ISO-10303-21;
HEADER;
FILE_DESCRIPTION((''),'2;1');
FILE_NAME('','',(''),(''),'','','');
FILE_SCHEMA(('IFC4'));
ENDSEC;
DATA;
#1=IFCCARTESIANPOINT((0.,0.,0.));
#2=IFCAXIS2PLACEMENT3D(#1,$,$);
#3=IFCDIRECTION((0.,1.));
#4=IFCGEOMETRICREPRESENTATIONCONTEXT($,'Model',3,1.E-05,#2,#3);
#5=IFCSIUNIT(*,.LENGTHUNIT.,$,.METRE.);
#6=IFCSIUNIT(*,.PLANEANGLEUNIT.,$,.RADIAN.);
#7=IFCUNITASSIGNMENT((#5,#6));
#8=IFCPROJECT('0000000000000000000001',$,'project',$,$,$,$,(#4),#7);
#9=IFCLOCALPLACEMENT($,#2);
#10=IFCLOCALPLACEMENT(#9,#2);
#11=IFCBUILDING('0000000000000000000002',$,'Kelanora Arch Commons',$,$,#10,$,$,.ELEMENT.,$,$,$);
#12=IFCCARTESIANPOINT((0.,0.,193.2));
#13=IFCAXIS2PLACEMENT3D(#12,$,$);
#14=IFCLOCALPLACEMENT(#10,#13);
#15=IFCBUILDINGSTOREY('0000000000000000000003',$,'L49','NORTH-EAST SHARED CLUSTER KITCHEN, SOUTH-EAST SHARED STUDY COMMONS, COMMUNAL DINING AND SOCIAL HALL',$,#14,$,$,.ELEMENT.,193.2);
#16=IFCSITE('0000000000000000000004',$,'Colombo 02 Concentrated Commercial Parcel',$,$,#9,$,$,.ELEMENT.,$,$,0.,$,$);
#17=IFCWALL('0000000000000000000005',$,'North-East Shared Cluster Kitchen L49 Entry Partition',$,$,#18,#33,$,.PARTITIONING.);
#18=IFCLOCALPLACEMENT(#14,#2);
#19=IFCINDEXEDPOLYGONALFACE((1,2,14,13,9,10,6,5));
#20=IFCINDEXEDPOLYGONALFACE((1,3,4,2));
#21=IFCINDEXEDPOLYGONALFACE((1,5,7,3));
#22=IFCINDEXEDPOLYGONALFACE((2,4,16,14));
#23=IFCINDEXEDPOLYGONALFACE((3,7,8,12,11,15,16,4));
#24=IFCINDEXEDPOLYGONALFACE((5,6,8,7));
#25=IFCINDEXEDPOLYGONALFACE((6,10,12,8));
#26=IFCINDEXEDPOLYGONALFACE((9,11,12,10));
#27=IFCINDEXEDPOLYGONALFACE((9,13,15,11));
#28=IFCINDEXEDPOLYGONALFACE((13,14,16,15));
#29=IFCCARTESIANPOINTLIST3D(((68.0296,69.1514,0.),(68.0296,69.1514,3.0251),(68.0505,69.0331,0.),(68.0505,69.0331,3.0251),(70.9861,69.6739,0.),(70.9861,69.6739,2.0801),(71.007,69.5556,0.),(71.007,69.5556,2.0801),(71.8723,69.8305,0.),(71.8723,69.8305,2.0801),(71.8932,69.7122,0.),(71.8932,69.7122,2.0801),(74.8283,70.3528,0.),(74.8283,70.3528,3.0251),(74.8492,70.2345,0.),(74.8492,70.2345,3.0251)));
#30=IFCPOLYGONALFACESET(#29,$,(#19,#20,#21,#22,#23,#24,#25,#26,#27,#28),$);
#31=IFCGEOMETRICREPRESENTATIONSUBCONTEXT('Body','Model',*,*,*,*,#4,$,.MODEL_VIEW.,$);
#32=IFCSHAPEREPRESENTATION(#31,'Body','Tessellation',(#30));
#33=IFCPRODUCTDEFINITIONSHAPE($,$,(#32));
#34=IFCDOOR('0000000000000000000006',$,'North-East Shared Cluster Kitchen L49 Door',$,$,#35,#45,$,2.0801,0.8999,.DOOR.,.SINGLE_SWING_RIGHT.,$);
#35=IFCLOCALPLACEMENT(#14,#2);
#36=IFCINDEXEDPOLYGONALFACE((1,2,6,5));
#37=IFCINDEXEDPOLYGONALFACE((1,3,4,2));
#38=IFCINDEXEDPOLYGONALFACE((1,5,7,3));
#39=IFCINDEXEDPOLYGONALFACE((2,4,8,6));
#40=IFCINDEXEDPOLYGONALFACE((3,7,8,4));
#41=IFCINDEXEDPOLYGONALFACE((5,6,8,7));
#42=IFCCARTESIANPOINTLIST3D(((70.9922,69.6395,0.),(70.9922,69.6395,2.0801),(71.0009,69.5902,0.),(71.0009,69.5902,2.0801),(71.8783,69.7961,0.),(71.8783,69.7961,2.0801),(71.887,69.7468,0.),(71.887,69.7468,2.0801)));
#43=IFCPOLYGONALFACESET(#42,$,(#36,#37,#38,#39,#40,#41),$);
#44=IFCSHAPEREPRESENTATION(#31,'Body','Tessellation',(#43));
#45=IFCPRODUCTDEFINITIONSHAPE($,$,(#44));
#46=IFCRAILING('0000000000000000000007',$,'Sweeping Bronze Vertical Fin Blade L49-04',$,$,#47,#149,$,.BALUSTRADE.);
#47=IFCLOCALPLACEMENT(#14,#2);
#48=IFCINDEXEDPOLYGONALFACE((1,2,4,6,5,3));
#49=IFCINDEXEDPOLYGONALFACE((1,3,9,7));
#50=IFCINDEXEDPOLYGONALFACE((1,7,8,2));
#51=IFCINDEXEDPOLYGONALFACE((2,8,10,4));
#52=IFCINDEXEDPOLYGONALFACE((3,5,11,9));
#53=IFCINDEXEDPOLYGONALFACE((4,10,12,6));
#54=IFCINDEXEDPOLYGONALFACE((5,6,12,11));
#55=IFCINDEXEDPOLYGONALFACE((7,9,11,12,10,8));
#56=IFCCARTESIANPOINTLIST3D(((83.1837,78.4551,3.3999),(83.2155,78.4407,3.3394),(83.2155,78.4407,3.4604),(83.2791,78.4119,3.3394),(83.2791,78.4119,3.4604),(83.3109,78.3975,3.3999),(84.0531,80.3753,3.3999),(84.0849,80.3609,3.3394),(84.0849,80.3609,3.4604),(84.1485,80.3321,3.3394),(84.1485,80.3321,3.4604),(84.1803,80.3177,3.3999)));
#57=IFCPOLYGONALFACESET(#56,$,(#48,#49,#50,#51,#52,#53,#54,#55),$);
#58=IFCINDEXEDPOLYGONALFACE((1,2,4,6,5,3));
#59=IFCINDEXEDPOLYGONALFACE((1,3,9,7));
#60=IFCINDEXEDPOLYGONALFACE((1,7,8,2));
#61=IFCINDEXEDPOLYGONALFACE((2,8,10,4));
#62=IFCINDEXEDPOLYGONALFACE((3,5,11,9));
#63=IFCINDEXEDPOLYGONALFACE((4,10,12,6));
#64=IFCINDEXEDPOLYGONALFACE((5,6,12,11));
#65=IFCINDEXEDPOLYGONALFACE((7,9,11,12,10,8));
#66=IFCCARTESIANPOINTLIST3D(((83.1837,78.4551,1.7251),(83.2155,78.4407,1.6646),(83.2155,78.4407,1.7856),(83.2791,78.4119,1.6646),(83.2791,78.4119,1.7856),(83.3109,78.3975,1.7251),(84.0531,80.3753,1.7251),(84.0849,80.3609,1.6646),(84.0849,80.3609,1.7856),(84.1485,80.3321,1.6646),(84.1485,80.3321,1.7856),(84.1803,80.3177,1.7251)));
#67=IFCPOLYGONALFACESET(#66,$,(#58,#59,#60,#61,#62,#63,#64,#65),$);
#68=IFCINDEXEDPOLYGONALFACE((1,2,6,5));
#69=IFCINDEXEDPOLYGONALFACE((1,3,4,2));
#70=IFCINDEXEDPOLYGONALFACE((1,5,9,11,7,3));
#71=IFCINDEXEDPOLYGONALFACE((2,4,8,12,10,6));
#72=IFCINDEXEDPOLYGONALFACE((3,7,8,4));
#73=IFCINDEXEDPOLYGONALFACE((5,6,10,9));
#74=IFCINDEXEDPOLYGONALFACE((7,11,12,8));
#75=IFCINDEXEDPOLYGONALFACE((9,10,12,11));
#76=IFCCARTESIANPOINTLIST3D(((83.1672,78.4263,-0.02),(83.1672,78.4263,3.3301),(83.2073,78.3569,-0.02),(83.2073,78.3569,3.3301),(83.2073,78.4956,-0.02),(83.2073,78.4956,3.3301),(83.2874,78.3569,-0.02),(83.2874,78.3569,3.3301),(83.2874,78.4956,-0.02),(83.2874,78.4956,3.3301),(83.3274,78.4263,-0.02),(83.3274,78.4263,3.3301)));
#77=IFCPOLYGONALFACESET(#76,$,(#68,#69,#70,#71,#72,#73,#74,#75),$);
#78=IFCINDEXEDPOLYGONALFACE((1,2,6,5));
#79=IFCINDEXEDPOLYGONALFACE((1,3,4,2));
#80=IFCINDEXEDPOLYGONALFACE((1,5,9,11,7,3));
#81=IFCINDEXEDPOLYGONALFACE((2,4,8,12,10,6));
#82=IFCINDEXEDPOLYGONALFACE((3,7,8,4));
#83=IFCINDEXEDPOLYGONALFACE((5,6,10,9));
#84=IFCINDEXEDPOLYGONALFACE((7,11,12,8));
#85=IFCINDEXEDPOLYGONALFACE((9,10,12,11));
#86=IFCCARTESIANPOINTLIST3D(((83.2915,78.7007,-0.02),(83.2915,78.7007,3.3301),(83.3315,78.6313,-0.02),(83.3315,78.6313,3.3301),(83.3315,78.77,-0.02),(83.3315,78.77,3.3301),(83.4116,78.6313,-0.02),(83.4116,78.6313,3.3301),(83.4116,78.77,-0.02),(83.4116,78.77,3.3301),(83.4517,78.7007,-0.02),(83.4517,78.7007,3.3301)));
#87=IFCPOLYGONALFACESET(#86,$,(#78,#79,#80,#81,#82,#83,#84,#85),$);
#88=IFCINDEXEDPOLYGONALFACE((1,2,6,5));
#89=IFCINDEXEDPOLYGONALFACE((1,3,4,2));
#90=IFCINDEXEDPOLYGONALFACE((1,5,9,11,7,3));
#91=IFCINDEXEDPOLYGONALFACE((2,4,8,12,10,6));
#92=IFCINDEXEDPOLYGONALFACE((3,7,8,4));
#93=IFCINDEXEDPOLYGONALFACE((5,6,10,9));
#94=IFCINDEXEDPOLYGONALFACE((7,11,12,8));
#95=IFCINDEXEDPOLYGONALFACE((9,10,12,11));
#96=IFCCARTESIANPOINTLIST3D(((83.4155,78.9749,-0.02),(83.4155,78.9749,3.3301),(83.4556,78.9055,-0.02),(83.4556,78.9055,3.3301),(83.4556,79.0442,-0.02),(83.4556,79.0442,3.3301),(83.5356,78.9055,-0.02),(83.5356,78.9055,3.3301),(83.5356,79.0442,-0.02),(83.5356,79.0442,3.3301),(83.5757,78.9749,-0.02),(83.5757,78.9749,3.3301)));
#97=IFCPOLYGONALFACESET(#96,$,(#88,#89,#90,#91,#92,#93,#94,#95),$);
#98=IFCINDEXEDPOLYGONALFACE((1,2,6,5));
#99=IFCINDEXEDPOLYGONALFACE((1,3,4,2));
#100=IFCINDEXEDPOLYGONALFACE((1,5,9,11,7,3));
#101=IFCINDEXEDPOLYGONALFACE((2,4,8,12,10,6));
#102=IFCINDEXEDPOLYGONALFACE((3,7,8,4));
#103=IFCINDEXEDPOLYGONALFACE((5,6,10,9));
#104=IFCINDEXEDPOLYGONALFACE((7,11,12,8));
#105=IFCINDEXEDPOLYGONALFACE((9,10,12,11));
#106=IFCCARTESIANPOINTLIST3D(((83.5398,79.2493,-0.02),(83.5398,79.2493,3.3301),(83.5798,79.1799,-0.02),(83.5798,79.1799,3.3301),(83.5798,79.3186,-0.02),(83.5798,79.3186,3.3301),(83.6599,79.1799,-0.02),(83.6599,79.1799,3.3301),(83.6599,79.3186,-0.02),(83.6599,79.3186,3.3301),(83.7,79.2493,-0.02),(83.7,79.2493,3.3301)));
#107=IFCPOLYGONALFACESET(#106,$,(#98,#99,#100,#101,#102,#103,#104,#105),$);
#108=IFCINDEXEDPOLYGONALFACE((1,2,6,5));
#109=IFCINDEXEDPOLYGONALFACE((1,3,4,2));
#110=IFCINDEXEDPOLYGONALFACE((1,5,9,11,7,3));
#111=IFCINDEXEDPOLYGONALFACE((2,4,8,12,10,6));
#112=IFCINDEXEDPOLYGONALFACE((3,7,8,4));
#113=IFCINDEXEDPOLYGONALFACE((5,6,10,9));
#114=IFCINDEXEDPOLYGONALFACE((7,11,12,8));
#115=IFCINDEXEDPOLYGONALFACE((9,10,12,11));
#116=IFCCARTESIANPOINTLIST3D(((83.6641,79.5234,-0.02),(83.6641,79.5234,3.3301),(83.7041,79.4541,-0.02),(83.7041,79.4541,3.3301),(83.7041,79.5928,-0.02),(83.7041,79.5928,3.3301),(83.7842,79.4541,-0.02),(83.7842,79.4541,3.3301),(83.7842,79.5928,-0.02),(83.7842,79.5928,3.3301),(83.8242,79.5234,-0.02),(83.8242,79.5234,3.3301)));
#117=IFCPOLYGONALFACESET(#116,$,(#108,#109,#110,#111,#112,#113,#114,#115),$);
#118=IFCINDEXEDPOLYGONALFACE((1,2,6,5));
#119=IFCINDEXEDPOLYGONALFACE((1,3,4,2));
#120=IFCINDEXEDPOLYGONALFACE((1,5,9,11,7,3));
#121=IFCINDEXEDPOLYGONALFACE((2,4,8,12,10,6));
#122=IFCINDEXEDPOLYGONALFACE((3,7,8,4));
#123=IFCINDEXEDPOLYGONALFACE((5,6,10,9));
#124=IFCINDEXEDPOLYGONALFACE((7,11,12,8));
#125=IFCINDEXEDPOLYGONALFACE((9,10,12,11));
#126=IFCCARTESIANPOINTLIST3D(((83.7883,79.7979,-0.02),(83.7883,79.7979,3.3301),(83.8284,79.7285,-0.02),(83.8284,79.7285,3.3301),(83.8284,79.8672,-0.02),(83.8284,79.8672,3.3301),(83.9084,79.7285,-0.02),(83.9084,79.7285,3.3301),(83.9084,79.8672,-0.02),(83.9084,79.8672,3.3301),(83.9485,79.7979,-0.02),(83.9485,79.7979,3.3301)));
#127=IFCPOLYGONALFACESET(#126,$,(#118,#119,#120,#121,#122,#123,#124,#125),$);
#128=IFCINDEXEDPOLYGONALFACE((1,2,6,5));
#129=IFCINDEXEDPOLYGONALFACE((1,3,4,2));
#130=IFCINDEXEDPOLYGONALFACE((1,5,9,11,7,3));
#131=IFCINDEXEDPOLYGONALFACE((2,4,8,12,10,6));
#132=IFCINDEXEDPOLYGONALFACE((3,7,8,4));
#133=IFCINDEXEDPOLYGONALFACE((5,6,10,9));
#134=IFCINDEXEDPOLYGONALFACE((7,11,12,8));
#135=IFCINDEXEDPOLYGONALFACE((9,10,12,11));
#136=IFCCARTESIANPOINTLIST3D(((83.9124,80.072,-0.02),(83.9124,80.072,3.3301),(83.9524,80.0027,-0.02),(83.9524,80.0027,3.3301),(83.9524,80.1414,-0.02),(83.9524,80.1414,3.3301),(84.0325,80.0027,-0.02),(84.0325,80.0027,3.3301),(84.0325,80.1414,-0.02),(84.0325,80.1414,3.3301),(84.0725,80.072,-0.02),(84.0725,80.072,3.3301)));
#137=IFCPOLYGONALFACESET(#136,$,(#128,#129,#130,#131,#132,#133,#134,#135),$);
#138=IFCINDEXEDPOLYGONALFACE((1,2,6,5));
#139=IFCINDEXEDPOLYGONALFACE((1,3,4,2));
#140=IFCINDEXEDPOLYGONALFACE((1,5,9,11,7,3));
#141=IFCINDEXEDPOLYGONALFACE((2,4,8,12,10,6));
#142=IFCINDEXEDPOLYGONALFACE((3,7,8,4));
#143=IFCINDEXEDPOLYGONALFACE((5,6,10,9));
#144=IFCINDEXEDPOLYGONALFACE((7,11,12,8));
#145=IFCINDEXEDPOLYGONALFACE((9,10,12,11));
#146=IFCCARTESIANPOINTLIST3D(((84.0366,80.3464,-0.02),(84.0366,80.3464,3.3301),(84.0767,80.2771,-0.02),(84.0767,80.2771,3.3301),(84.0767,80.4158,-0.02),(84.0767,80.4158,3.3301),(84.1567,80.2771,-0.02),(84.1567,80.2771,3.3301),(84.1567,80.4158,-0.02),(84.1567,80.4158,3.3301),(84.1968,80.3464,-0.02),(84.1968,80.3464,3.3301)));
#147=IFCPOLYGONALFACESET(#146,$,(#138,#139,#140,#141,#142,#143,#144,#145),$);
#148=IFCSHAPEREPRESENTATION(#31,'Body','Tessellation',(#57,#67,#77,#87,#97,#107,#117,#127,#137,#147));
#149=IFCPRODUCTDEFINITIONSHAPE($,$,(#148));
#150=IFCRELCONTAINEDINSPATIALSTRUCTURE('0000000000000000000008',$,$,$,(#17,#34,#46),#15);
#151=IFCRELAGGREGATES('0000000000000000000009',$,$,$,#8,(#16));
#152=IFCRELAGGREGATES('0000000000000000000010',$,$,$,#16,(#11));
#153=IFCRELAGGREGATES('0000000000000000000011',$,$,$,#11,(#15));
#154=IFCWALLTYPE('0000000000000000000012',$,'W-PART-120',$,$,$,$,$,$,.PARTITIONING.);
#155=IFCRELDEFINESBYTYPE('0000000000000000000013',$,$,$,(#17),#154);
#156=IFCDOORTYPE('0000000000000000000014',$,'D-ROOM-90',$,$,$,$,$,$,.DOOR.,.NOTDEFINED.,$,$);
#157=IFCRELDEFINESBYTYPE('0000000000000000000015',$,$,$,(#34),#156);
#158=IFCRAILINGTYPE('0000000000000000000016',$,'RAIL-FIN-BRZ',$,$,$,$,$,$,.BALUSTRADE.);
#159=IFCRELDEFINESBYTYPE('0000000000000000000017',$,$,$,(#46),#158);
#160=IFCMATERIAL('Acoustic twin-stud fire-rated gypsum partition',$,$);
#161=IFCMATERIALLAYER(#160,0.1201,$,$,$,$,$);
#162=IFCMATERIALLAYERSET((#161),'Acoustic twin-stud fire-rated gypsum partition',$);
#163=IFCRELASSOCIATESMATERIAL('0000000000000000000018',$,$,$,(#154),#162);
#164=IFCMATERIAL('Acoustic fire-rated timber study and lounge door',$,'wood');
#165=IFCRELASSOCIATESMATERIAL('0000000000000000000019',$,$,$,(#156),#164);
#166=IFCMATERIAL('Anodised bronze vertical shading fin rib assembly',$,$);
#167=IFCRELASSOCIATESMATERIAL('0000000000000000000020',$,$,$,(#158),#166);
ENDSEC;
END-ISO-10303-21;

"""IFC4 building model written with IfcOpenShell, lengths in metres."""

from ifc_helpers import new_model, si_unit, direction, frame, frame_2d, origin, place, context, subcontext, project, spatial, polyline, rectangle, outline, extrude, material, layer, layer_set, type_object, element, fill, save


model = new_model("IFC4")

# Units and contexts
model_context = context("Model", 3, precision=1e-05, world=origin(), true_north=direction((0.0, 1.0)))
body_context = subcontext(model_context, "Body", "Model", "MODEL_VIEW")
ifc_project = project(units=[si_unit("LENGTHUNIT", "METRE"), si_unit("PLANEANGLEUNIT", "RADIAN")], contexts=[model_context])

# Site, building, storey
site_placement = place(None, origin())
site = spatial("IfcSite", under=ifc_project, at=site_placement, Name="Colombo 02 Concentrated Commercial Parcel", CompositionType="ELEMENT", RefElevation=0.0)
building_placement = place(site_placement, origin())
building = spatial("IfcBuilding", under=site, at=building_placement, Name="Kelanora Arch Commons", CompositionType="ELEMENT")
storey_placement = place(building_placement, frame((0.0, 0.0, 193.2)))
storey = spatial("IfcBuildingStorey", under=building, at=storey_placement, Name="L49", Description="NORTH-EAST SHARED CLUSTER KITCHEN, SOUTH-EAST SHARED STUDY COMMONS, COMMUNAL DINING AND SOCIAL HALL", CompositionType="ELEMENT", Elevation=193.2)

# Wall, opening, door
ifc_material_1 = material(Name="Acoustic twin-stud fire-rated gypsum partition")
ifc_layer_1 = layer(ifc_material_1, 0.1201)
ifc_layer_set_1 = layer_set([ifc_layer_1], Name="Acoustic twin-stud fire-rated gypsum partition")
wall_type_1 = type_object("IfcWallType", Name="W-PART-120", PredefinedType="PARTITIONING", material=ifc_layer_set_1)
wall_1_placement = place(storey_placement, frame((74.8389, 70.2937, 0.0), z_axis=(0.0, 0.0, 1.0), x_axis=(-0.984743, -0.174013, 0.0)))
wall_1 = element("IfcWall", 1, at=wall_1_placement, inside=storey, type_object=wall_type_1, Name="North-East Shared Cluster Kitchen L49 Entry Partition", PredefinedType="PARTITIONING", context=body_context, shape_type="SweptSolid", body=[
    extrude(rectangle(XDim=6.9041, YDim=0.1201, at=frame_2d((3.4521, 0.0))), origin(), (0.0, 0.0, 1.0), 3.0251),
])
opening_1_placement = place(wall_1_placement, frame((3.002, 0.0, 0.0)))
opening_1 = element("IfcOpeningElement", 2, at=opening_1_placement, cuts=wall_1, PredefinedType="OPENING", context=body_context, shape_type="SweptSolid", body=[
    extrude(rectangle(XDim=0.8999, YDim=2.0801, at=frame_2d((0.45, 1.04))), frame((0.0, 0.0701, 0.0), z_axis=(0.0, -1.0, 0.0), x_axis=(1.0, 0.0, 0.0)), (0.0, 0.0, 1.0), 0.1401),
])
ifc_material_2 = material(Name="Acoustic fire-rated timber study and lounge door", Category="wood")
door_type = type_object("IfcDoorType", Name="D-ROOM-90", OperationType="NOTDEFINED", PredefinedType="DOOR", material=ifc_material_2)
door_placement = place(opening_1_placement, origin())
door = element("IfcDoor", 3, at=door_placement, inside=storey, type_object=door_type, Name="North-East Shared Cluster Kitchen L49 Door", OperationType="SINGLE_SWING_RIGHT", OverallHeight=2.0801, OverallWidth=0.8999, PredefinedType="DOOR", context=body_context, shape_type="SweptSolid", body=[
    extrude(rectangle(XDim=0.8999, YDim=2.0801, at=frame_2d((0.45, 1.04))), frame((0.0, 0.0249, 0.0), z_axis=(0.0, -1.0, 0.0), x_axis=(1.0, 0.0, 0.0)), (0.0, 0.0, 1.0), 0.05),
])
fill(opening_1, door)

# Railing
ifc_material_3 = material(Name="Anodised bronze vertical shading fin rib assembly")
railing_type = type_object("IfcRailingType", Name="RAIL-FIN-BRZ", PredefinedType="BALUSTRADE", material=ifc_material_3)
railing_1_placement = place(storey_placement, frame((83.2473, 78.4263, -0.02)))
element("IfcRailing", 4, at=railing_1_placement, inside=storey, type_object=railing_type, Name="Sweeping Bronze Vertical Fin Blade L49-04", PredefinedType="BALUSTRADE", context=body_context, shape_type="SweptSolid", body=[
    extrude(outline(polyline([(0.0698, 0.0), (0.0349, 0.0605), (-0.0349, 0.0605), (-0.0698, 0.0), (-0.0349, -0.0605), (0.0349, -0.0605), (0.0698, 0.0)])), frame((0.0, 0.0, 3.4199), z_axis=(0.412459, 0.910976, 0.0), x_axis=(-0.910976, 0.412459, 0.0)), (0.0, 0.0, 1.0), 2.1079),
    extrude(outline(polyline([(0.0698, 0.0), (0.0349, 0.0605), (-0.0349, 0.0605), (-0.0698, 0.0), (-0.0349, -0.0605), (0.0349, -0.0605), (0.0698, 0.0)])), frame((0.0, 0.0, 1.7451), z_axis=(0.412459, 0.910976, 0.0), x_axis=(-0.910976, 0.412459, 0.0)), (0.0, 0.0, 1.0), 2.1079),
    extrude(outline(polyline([(0.0801, 0.0), (0.04, 0.0693), (-0.04, 0.0693), (-0.0801, 0.0), (-0.04, -0.0693), (0.04, -0.0693), (0.0801, 0.0)])), origin(), (0.0, 0.0, 1.0), 3.3501),
    extrude(outline(polyline([(0.0801, 0.0), (0.04, 0.0693), (-0.04, 0.0693), (-0.0801, 0.0), (-0.04, -0.0693), (0.04, -0.0693), (0.0801, 0.0)])), frame((0.1243, 0.2744, 0.0)), (0.0, 0.0, 1.0), 3.3501),
    extrude(outline(polyline([(0.0801, 0.0), (0.04, 0.0693), (-0.04, 0.0693), (-0.0801, 0.0), (-0.04, -0.0693), (0.04, -0.0693), (0.0801, 0.0)])), frame((0.2483, 0.5486, 0.0)), (0.0, 0.0, 1.0), 3.3501),
    extrude(outline(polyline([(0.0801, 0.0), (0.04, 0.0693), (-0.04, 0.0693), (-0.0801, 0.0), (-0.04, -0.0693), (0.04, -0.0693), (0.0801, 0.0)])), frame((0.3726, 0.823, 0.0)), (0.0, 0.0, 1.0), 3.3501),
    extrude(outline(polyline([(0.0801, 0.0), (0.04, 0.0693), (-0.04, 0.0693), (-0.0801, 0.0), (-0.04, -0.0693), (0.04, -0.0693), (0.0801, 0.0)])), frame((0.4968, 1.0972, 0.0)), (0.0, 0.0, 1.0), 3.3501),
    extrude(outline(polyline([(0.0801, 0.0), (0.04, 0.0693), (-0.04, 0.0693), (-0.0801, 0.0), (-0.04, -0.0693), (0.04, -0.0693), (0.0801, 0.0)])), frame((0.6211, 1.3716, 0.0)), (0.0, 0.0, 1.0), 3.3501),
    extrude(outline(polyline([(0.0801, 0.0), (0.04, 0.0693), (-0.04, 0.0693), (-0.0801, 0.0), (-0.04, -0.0693), (0.04, -0.0693), (0.0801, 0.0)])), frame((0.7451, 1.6458, 0.0)), (0.0, 0.0, 1.0), 3.3501),
    extrude(outline(polyline([(0.0801, 0.0), (0.04, 0.0693), (-0.04, 0.0693), (-0.0801, 0.0), (-0.04, -0.0693), (0.04, -0.0693), (0.0801, 0.0)])), frame((0.8694, 1.9202, 0.0)), (0.0, 0.0, 1.0), 3.3501),
])

save(model, "model.ifc")
